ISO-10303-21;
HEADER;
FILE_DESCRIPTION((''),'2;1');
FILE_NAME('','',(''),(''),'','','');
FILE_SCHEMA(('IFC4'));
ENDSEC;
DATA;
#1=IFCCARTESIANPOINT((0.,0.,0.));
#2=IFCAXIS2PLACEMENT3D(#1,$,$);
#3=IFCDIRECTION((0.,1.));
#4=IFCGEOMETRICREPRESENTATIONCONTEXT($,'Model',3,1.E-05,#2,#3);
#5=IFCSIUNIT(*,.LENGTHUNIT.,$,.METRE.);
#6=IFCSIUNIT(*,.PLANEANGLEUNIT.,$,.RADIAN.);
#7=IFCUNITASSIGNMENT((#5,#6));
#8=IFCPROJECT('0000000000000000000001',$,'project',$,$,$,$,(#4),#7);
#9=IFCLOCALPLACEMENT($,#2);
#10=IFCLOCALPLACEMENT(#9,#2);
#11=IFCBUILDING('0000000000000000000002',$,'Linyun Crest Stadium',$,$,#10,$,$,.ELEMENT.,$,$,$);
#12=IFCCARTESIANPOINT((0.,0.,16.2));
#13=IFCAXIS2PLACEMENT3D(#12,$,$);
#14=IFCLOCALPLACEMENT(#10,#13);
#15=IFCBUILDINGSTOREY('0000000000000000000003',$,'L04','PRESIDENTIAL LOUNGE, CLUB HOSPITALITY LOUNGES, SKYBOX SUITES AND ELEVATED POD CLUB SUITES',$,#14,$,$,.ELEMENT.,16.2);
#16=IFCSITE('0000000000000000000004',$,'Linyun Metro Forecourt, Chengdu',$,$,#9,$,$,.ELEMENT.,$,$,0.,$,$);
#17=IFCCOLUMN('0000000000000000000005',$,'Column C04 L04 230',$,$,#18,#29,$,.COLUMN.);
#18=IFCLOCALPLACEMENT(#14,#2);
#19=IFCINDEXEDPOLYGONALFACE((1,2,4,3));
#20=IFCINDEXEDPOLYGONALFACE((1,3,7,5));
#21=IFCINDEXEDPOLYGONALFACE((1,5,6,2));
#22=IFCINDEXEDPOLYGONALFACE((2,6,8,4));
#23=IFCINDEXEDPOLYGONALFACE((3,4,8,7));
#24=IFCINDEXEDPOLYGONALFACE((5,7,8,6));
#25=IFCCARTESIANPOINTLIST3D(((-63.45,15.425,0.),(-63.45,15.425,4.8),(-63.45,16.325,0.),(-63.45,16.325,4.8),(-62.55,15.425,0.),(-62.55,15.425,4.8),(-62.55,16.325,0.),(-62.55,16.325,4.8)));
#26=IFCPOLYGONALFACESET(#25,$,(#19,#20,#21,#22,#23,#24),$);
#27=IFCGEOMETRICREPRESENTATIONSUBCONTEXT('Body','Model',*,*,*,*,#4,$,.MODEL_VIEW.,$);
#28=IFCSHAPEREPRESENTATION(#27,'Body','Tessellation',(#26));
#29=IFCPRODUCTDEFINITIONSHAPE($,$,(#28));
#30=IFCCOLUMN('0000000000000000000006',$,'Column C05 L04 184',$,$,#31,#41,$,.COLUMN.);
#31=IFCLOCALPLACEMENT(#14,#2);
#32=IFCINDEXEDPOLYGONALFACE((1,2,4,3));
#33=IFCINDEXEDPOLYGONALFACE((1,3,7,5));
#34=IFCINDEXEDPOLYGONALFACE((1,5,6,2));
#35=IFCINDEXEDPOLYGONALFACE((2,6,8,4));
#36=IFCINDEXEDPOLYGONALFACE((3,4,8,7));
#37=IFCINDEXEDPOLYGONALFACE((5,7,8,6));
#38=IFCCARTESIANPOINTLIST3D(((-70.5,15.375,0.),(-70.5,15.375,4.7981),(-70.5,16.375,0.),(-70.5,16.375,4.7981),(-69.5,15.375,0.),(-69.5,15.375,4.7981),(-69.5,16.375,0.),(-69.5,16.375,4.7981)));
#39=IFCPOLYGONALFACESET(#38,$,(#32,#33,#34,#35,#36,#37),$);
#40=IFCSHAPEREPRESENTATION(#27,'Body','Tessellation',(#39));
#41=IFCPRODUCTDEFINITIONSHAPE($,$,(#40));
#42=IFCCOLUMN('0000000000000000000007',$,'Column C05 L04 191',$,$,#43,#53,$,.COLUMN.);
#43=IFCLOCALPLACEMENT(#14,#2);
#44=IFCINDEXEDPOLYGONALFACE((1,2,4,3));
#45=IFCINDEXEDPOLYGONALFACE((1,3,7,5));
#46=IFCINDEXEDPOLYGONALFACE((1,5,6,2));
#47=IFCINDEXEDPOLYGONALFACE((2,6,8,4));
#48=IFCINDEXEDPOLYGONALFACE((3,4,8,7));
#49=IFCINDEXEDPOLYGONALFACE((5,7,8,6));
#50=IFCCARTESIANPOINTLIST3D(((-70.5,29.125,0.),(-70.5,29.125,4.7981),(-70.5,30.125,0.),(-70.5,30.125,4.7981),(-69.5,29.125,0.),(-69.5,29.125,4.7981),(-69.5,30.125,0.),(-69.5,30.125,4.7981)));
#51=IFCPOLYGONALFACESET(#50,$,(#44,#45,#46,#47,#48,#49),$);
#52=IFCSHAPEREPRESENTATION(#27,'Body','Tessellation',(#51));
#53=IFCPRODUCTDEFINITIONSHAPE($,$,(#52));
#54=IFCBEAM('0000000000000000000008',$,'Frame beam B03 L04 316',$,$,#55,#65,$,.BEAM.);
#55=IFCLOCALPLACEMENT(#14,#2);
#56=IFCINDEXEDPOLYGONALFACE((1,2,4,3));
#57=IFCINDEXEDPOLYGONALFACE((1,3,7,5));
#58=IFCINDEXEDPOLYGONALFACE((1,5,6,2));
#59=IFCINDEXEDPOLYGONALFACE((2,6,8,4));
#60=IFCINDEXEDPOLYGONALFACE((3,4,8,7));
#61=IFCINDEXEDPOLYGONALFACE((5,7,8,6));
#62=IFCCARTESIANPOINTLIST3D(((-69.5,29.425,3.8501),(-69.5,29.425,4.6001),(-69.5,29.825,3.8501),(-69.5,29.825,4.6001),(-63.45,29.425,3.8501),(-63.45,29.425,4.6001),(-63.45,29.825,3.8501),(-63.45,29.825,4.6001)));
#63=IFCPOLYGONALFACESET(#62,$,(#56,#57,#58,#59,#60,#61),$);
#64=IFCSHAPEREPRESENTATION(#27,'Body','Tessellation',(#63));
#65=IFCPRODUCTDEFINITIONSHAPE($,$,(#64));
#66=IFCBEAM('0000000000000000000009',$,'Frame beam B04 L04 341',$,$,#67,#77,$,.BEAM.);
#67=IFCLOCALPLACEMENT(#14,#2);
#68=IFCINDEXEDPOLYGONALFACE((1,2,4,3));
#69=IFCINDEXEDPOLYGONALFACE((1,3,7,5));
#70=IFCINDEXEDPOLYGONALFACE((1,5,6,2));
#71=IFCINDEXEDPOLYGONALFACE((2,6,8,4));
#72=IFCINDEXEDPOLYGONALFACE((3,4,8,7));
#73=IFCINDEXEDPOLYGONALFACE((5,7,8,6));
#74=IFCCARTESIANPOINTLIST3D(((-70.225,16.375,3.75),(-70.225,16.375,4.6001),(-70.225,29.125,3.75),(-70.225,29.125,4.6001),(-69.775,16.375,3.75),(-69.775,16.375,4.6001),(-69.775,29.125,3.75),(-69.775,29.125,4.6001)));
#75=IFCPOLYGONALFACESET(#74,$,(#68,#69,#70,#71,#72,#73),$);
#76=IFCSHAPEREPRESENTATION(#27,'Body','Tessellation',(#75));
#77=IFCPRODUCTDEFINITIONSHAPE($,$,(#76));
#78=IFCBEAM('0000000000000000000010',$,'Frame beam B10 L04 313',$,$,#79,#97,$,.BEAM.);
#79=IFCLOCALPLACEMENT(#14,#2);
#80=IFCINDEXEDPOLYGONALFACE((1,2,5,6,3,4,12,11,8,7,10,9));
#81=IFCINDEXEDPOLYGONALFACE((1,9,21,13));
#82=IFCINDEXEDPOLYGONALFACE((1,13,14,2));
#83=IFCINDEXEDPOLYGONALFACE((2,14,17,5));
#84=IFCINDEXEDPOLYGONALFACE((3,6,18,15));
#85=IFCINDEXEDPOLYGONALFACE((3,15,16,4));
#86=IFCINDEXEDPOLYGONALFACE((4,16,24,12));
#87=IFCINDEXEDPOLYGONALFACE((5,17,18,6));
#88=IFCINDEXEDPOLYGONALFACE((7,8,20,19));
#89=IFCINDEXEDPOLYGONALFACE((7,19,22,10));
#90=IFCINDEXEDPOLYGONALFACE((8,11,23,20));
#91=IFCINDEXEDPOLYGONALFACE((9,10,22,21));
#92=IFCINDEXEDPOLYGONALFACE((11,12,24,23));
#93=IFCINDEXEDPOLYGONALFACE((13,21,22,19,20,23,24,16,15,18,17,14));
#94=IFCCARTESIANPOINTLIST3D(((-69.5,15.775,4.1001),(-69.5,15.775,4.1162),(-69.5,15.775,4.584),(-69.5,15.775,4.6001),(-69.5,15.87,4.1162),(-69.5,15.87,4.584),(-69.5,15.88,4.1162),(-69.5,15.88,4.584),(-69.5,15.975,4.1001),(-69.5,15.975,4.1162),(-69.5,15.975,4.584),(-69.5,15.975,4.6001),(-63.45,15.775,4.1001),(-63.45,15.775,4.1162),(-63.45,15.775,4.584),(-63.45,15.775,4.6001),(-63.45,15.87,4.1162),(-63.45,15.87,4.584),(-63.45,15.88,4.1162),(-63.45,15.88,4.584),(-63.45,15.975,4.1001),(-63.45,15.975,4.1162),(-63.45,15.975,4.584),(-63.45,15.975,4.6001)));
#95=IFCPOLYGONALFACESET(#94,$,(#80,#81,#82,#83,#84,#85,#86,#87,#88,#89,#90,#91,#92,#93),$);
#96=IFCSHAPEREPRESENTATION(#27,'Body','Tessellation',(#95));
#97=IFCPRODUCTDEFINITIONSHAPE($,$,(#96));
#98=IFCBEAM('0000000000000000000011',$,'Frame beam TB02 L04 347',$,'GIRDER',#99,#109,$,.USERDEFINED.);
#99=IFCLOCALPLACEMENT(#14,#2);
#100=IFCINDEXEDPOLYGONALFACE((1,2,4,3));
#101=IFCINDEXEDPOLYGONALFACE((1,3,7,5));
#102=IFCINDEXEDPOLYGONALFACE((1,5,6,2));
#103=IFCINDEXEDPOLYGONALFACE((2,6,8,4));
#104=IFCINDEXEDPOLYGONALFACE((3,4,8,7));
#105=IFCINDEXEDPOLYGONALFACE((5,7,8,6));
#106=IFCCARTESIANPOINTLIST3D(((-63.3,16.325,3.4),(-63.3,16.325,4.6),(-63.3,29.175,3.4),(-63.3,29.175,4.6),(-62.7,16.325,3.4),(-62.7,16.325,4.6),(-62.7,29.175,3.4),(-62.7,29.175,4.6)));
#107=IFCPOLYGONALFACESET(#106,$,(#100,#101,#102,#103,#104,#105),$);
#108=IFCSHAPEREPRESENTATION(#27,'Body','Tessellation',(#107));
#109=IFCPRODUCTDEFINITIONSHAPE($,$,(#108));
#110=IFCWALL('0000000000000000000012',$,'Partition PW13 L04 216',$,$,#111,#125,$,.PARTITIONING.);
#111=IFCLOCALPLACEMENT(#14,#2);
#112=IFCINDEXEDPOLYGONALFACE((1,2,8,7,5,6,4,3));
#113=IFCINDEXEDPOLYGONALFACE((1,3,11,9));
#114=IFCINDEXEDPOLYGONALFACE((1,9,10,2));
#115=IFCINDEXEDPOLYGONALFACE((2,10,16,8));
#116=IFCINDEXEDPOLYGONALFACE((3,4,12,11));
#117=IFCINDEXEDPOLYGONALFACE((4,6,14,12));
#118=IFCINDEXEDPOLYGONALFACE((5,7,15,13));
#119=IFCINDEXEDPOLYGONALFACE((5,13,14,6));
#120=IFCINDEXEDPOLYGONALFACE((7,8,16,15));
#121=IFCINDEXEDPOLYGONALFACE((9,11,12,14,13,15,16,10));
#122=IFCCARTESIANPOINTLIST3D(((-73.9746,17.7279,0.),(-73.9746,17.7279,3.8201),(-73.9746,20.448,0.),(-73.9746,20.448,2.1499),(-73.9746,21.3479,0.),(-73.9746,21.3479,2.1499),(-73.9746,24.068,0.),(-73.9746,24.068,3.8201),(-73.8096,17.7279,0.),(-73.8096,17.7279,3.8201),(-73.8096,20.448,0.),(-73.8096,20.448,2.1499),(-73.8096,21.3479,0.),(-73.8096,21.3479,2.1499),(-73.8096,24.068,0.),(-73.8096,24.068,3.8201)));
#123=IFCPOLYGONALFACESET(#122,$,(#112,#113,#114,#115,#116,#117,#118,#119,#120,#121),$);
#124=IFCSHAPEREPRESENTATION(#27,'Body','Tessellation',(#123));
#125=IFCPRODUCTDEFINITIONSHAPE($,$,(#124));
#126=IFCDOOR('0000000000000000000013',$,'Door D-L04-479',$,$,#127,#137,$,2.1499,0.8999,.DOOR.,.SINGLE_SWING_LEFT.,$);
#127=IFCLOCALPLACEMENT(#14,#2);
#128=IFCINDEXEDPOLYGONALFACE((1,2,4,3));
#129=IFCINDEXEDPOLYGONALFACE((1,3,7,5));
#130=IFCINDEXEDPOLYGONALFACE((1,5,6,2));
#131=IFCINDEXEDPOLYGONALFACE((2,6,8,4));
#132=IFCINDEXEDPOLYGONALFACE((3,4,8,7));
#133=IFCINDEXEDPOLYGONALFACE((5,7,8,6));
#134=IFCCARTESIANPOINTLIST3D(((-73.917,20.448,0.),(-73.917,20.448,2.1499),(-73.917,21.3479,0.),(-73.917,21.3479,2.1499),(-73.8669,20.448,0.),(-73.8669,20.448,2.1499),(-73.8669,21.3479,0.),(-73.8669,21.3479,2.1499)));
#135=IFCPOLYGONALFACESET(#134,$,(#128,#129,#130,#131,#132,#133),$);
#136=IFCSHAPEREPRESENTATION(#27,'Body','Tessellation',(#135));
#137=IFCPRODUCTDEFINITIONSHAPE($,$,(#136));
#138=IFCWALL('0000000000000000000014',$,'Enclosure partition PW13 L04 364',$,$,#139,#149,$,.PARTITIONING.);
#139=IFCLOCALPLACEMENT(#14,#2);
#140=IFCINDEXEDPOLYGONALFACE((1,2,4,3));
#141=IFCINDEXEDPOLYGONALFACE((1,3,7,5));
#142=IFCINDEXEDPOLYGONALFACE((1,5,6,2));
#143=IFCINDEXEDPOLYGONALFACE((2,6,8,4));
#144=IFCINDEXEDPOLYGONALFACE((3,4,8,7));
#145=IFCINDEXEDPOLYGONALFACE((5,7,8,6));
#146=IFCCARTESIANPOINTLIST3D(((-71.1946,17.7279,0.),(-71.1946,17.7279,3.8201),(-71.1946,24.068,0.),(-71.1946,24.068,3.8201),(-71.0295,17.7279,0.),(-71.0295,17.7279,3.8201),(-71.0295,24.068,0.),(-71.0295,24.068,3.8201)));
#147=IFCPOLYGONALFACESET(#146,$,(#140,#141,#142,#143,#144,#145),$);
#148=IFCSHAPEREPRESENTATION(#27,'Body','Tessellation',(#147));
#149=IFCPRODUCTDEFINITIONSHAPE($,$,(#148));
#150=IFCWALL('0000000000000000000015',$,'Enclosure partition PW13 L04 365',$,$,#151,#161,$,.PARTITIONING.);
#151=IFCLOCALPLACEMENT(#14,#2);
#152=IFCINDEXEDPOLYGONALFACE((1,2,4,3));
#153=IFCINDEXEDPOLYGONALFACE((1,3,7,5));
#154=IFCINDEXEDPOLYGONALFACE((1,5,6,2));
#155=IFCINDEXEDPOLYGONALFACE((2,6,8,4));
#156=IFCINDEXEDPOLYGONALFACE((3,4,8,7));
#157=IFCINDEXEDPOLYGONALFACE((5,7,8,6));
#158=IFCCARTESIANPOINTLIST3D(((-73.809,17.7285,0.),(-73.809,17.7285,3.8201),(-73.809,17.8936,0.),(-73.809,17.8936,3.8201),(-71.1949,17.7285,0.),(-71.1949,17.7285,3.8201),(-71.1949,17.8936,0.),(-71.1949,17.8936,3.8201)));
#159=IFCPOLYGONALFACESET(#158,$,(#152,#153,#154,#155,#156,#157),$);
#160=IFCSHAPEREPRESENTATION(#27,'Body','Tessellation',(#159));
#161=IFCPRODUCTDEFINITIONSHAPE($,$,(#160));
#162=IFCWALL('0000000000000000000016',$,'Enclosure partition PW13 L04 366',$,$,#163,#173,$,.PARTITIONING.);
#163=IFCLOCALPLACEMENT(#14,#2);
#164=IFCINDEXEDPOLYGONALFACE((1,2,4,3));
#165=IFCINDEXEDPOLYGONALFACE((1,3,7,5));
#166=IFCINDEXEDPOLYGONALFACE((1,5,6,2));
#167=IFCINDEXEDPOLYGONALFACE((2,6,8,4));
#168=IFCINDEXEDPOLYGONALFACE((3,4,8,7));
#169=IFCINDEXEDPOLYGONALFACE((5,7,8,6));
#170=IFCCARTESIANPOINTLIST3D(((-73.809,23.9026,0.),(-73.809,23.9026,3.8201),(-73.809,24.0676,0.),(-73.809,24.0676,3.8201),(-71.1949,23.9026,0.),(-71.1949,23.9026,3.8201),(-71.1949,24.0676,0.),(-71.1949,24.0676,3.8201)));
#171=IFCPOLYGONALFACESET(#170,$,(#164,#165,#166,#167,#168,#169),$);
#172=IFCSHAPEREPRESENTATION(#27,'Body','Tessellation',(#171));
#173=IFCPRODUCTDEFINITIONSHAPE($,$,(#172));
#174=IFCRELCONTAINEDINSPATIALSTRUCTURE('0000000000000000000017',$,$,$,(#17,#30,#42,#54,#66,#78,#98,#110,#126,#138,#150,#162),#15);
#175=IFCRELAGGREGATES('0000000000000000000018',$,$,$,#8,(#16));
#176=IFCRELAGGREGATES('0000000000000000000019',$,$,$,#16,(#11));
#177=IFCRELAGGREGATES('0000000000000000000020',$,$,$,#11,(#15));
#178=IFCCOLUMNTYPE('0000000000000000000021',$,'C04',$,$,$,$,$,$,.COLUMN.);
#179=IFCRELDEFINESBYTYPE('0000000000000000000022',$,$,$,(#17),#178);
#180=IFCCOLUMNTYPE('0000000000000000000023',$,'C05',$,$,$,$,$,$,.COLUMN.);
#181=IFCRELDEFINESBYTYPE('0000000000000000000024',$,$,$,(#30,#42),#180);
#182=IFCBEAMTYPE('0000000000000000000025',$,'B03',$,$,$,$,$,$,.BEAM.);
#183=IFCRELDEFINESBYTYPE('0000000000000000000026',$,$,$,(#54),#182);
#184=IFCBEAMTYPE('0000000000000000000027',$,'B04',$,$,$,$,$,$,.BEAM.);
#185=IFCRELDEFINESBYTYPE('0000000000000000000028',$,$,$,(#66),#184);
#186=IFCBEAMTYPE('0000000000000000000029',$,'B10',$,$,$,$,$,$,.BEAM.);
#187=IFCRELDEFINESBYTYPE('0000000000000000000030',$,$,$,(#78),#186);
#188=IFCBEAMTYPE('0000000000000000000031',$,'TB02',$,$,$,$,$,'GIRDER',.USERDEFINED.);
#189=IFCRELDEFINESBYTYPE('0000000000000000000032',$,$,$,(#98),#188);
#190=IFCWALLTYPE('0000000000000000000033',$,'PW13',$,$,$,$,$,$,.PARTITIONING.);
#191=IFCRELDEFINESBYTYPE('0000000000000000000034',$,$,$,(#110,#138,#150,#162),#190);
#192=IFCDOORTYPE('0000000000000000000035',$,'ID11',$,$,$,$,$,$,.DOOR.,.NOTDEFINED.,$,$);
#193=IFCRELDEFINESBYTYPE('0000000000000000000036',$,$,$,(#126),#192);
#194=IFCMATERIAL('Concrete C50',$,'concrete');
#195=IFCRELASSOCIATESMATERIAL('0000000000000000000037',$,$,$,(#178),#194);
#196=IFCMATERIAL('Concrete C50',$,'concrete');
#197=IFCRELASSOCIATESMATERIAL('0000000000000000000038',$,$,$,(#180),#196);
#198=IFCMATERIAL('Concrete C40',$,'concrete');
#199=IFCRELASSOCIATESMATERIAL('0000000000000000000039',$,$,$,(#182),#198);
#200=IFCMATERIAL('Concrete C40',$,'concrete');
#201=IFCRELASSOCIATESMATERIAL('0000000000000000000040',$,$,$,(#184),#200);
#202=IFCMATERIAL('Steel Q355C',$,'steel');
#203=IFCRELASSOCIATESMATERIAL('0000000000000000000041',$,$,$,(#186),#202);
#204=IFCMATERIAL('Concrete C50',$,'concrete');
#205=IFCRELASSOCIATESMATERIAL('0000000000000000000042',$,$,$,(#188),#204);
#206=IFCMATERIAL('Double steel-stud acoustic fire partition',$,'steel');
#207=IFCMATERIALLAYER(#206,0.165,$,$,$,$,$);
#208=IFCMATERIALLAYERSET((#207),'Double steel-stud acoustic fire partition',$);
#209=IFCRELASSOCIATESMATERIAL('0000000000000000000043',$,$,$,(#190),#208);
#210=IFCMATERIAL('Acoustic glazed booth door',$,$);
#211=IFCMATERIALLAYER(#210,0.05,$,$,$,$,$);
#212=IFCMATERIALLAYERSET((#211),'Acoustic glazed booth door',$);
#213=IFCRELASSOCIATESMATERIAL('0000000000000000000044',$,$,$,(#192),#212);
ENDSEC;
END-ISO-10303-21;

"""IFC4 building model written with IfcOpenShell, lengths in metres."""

from ifc_helpers import new_model, si_unit, direction, frame, frame_2d, origin, origin_2d, place, context, subcontext, project, spatial, rectangle, i_section, extrude, material, layer, layer_set, material_profile, profile_set, type_object, element, fill, save


model = new_model("IFC4")

# Units and contexts
model_context = context("Model", 3, precision=1e-05, world=origin(), true_north=direction((0.0, 1.0)))
body_context = subcontext(model_context, "Body", "Model", "MODEL_VIEW")
ifc_project = project(units=[si_unit("LENGTHUNIT", "METRE"), si_unit("PLANEANGLEUNIT", "RADIAN")], contexts=[model_context])

# Site, building, storey
site_placement = place(None, origin())
site = spatial("IfcSite", under=ifc_project, at=site_placement, Name="Linyun Metro Forecourt, Chengdu", CompositionType="ELEMENT", RefElevation=0.0)
building_placement = place(site_placement, origin())
building = spatial("IfcBuilding", under=site, at=building_placement, Name="Linyun Crest Stadium", CompositionType="ELEMENT")
storey_placement = place(building_placement, frame((0.0, 0.0, 16.2)))
storey = spatial("IfcBuildingStorey", under=building, at=storey_placement, Name="L04", Description="PRESIDENTIAL LOUNGE, CLUB HOSPITALITY LOUNGES, SKYBOX SUITES AND ELEVATED POD CLUB SUITES", CompositionType="ELEMENT", Elevation=16.2)

# Columns
ifc_material_1 = material(Name="Concrete C50", Category="concrete")
ifc_material_profile_1 = material_profile(ifc_material_1, rectangle(XDim=0.8999, YDim=0.8999, at=origin_2d()), Name="RC 900x900")
ifc_profile_set_1 = profile_set([ifc_material_profile_1], Name="Concrete C50")
column_type_1 = type_object("IfcColumnType", Name="C04", PredefinedType="COLUMN", material=ifc_profile_set_1)
column_placement = place(storey_placement, frame((-63.0, 15.875, 0.0), z_axis=(0.0, 0.0, 1.0), x_axis=(1.0, 0.0, 0.0)))
element("IfcColumn", 1, at=column_placement, inside=storey, type_object=column_type_1, Name="Column C04 L04 230", PredefinedType="COLUMN", context=body_context, shape_type="SweptSolid", body=[
    extrude(rectangle(XDim=0.8999, YDim=0.8999, at=origin_2d()), origin(), (0.0, 0.0, 1.0), 4.8),
])
ifc_material_2 = material(Name="Concrete C50", Category="concrete")
ifc_material_profile_2 = material_profile(ifc_material_2, rectangle(XDim=1.0, YDim=1.0, at=origin_2d()), Name="RC 1000x1000")
ifc_profile_set_2 = profile_set([ifc_material_profile_2], Name="Concrete C50")
column_type_2 = type_object("IfcColumnType", Name="C05", PredefinedType="COLUMN", material=ifc_profile_set_2)
for number, where, z_axis, x_axis, name in (
    (2, (-70.0, 15.875, 0.0), (0.0, 0.0, 1.0), (1.0, 0.0, 0.0), "Column C05 L04 184"),
    (3, (-70.0, 29.625, 0.0), (0.0, 0.0, 1.0), (1.0, 0.0, 0.0), "Column C05 L04 191"),
):
    element("IfcColumn", number, at=place(storey_placement, frame(where, z_axis=z_axis, x_axis=x_axis)), inside=storey, type_object=column_type_2, Name=name, PredefinedType="COLUMN", context=body_context, shape_type="SweptSolid", body=[
        extrude(rectangle(XDim=1.0, YDim=1.0, at=origin_2d()), origin(), (0.0, 0.0, 1.0), 4.7981),
    ])

# Beams
ifc_material_3 = material(Name="Concrete C40", Category="concrete")
ifc_material_profile_3 = material_profile(ifc_material_3, rectangle(XDim=0.3999, YDim=0.75, at=origin_2d()), Name="RCB 750x400")
ifc_profile_set_3 = profile_set([ifc_material_profile_3], Name="Concrete C40")
beam_type_1 = type_object("IfcBeamType", Name="B03", PredefinedType="BEAM", material=ifc_profile_set_3)
beam_1_placement = place(storey_placement, frame((-69.5, 29.625, 4.2251), z_axis=(1.0, 0.0, 0.0), x_axis=(0.0, 1.0, 0.0)))
element("IfcBeam", 4, at=beam_1_placement, inside=storey, type_object=beam_type_1, Name="Frame beam B03 L04 316", PredefinedType="BEAM", context=body_context, shape_type="SweptSolid", body=[
    extrude(rectangle(XDim=0.3999, YDim=0.75, at=origin_2d()), origin(), (0.0, 0.0, 1.0), 6.05),
])
ifc_material_4 = material(Name="Concrete C40", Category="concrete")
ifc_material_profile_4 = material_profile(ifc_material_4, rectangle(XDim=0.45, YDim=0.8501, at=origin_2d()), Name="RCB 850x450")
ifc_profile_set_4 = profile_set([ifc_material_profile_4], Name="Concrete C40")
beam_type_2 = type_object("IfcBeamType", Name="B04", PredefinedType="BEAM", material=ifc_profile_set_4)
beam_2_placement = place(storey_placement, frame((-70.0, 16.375, 4.175), z_axis=(0.0, 1.0, 0.0), x_axis=(-1.0, 0.0, 0.0)))
element("IfcBeam", 5, at=beam_2_placement, inside=storey, type_object=beam_type_2, Name="Frame beam B04 L04 341", PredefinedType="BEAM", context=body_context, shape_type="SweptSolid", body=[
    extrude(rectangle(XDim=0.45, YDim=0.8501, at=origin_2d()), origin(), (0.0, 0.0, 1.0), 12.75),
])
ifc_material_5 = material(Name="Steel Q355C", Category="steel")
ifc_material_profile_5 = material_profile(ifc_material_5, i_section(OverallWidth=0.2, OverallDepth=0.5, WebThickness=0.01, FlangeThickness=0.0161, at=origin_2d()), Name="HN 500x200")
ifc_profile_set_5 = profile_set([ifc_material_profile_5], Name="Steel Q355C")
beam_type_3 = type_object("IfcBeamType", Name="B10", PredefinedType="BEAM", material=ifc_profile_set_5)
beam_3_placement = place(storey_placement, frame((-69.5, 15.875, 4.3501), z_axis=(1.0, 0.0, 0.0), x_axis=(0.0, 1.0, 0.0)))
element("IfcBeam", 6, at=beam_3_placement, inside=storey, type_object=beam_type_3, Name="Frame beam B10 L04 313", PredefinedType="BEAM", context=body_context, shape_type="SweptSolid", body=[
    extrude(i_section(OverallWidth=0.2, OverallDepth=0.5, WebThickness=0.01, FlangeThickness=0.0161, at=origin_2d()), origin(), (0.0, 0.0, 1.0), 6.05),
])
ifc_material_6 = material(Name="Concrete C50", Category="concrete")
ifc_material_profile_6 = material_profile(ifc_material_6, rectangle(XDim=0.6001, YDim=1.2, at=origin_2d()), Name="RCB 1200x600")
ifc_profile_set_6 = profile_set([ifc_material_profile_6], Name="Concrete C50")
beam_type_4 = type_object("IfcBeamType", Name="TB02", ElementType="GIRDER", PredefinedType="USERDEFINED", material=ifc_profile_set_6)
beam_4_placement = place(storey_placement, frame((-63.0, 16.325, 4.0), z_axis=(0.0, 1.0, 0.0), x_axis=(-1.0, 0.0, 0.0)))
element("IfcBeam", 7, at=beam_4_placement, inside=storey, type_object=beam_type_4, Name="Frame beam TB02 L04 347", ObjectType="GIRDER", PredefinedType="USERDEFINED", context=body_context, shape_type="SweptSolid", body=[
    extrude(rectangle(XDim=0.6001, YDim=1.2, at=origin_2d()), origin(), (0.0, 0.0, 1.0), 12.8501),
])

# Wall, opening, door
ifc_material_7 = material(Name="Double steel-stud acoustic fire partition", Category="steel")
ifc_layer_1 = layer(ifc_material_7, 0.165)
ifc_layer_set_1 = layer_set([ifc_layer_1], Name="Double steel-stud acoustic fire partition")
wall_type_1 = type_object("IfcWallType", Name="PW13", PredefinedType="PARTITIONING", material=ifc_layer_set_1)
wall_1_placement = place(storey_placement, frame((-73.8921, 17.728, 0.0), z_axis=(0.0, 0.0, 1.0), x_axis=(0.0, 1.0, 0.0)))
wall_1 = element("IfcWall", 8, at=wall_1_placement, inside=storey, type_object=wall_type_1, Name="Partition PW13 L04 216", PredefinedType="PARTITIONING", context=body_context, shape_type="SweptSolid", body=[
    extrude(rectangle(XDim=6.3401, YDim=0.165, at=frame_2d((3.1699, 0.0))), origin(), (0.0, 0.0, 1.0), 3.8201),
])
opening_1_placement = place(wall_1_placement, frame((2.72, 0.0, 0.0)))
opening_1 = element("IfcOpeningElement", 9, at=opening_1_placement, cuts=wall_1, PredefinedType="OPENING", context=body_context, shape_type="SweptSolid", body=[
    extrude(rectangle(XDim=0.8999, YDim=2.1499, at=frame_2d((0.45, 1.075))), frame((0.0, 0.0925, 0.0), z_axis=(0.0, -1.0, 0.0), x_axis=(1.0, 0.0, 0.0)), (0.0, 0.0, 1.0), 0.1851),
])
ifc_material_8 = material(Name="Acoustic glazed booth door")
ifc_layer_2 = layer(ifc_material_8, 0.05)
ifc_layer_set_2 = layer_set([ifc_layer_2], Name="Acoustic glazed booth door")
door_type_1 = type_object("IfcDoorType", Name="ID11", OperationType="NOTDEFINED", PredefinedType="DOOR", material=ifc_layer_set_2)
door_1_placement = place(opening_1_placement, origin())
door_1 = element("IfcDoor", 10, at=door_1_placement, inside=storey, type_object=door_type_1, Name="Door D-L04-479", OperationType="SINGLE_SWING_LEFT", OverallHeight=2.1499, OverallWidth=0.8999, PredefinedType="DOOR", context=body_context, shape_type="SweptSolid", body=[
    extrude(rectangle(XDim=0.8999, YDim=2.1499, at=frame_2d((0.45, 1.075))), frame((0.0, 0.0249, 0.0), z_axis=(0.0, -1.0, 0.0), x_axis=(1.0, 0.0, 0.0)), (0.0, 0.0, 1.0), 0.05),
])
fill(opening_1, door_1)

# Walls
wall_2_placement = place(storey_placement, frame((-71.1121, 17.728, 0.0), z_axis=(0.0, 0.0, 1.0), x_axis=(0.0, 1.0, 0.0)))
element("IfcWall", 11, at=wall_2_placement, inside=storey, type_object=wall_type_1, Name="Enclosure partition PW13 L04 364", PredefinedType="PARTITIONING", context=body_context, shape_type="SweptSolid", body=[
    extrude(rectangle(XDim=6.3401, YDim=0.165, at=frame_2d((3.1699, 0.0))), origin(), (0.0, 0.0, 1.0), 3.8201),
])
for number, where, z_axis, x_axis, name in (
    (12, (-73.8091, 17.811, 0.0), (0.0, 0.0, 1.0), (1.0, 0.0, 0.0), "Enclosure partition PW13 L04 365"),
    (13, (-73.8091, 23.9851, 0.0), (0.0, 0.0, 1.0), (1.0, 0.0, 0.0), "Enclosure partition PW13 L04 366"),
):
    element("IfcWall", number, at=place(storey_placement, frame(where, z_axis=z_axis, x_axis=x_axis)), inside=storey, type_object=wall_type_1, Name=name, PredefinedType="PARTITIONING", context=body_context, shape_type="SweptSolid", body=[
        extrude(rectangle(XDim=2.614, YDim=0.165, at=frame_2d((1.3071, 0.0))), origin(), (0.0, 0.0, 1.0), 3.8201),
    ])

save(model, "model.ifc")
